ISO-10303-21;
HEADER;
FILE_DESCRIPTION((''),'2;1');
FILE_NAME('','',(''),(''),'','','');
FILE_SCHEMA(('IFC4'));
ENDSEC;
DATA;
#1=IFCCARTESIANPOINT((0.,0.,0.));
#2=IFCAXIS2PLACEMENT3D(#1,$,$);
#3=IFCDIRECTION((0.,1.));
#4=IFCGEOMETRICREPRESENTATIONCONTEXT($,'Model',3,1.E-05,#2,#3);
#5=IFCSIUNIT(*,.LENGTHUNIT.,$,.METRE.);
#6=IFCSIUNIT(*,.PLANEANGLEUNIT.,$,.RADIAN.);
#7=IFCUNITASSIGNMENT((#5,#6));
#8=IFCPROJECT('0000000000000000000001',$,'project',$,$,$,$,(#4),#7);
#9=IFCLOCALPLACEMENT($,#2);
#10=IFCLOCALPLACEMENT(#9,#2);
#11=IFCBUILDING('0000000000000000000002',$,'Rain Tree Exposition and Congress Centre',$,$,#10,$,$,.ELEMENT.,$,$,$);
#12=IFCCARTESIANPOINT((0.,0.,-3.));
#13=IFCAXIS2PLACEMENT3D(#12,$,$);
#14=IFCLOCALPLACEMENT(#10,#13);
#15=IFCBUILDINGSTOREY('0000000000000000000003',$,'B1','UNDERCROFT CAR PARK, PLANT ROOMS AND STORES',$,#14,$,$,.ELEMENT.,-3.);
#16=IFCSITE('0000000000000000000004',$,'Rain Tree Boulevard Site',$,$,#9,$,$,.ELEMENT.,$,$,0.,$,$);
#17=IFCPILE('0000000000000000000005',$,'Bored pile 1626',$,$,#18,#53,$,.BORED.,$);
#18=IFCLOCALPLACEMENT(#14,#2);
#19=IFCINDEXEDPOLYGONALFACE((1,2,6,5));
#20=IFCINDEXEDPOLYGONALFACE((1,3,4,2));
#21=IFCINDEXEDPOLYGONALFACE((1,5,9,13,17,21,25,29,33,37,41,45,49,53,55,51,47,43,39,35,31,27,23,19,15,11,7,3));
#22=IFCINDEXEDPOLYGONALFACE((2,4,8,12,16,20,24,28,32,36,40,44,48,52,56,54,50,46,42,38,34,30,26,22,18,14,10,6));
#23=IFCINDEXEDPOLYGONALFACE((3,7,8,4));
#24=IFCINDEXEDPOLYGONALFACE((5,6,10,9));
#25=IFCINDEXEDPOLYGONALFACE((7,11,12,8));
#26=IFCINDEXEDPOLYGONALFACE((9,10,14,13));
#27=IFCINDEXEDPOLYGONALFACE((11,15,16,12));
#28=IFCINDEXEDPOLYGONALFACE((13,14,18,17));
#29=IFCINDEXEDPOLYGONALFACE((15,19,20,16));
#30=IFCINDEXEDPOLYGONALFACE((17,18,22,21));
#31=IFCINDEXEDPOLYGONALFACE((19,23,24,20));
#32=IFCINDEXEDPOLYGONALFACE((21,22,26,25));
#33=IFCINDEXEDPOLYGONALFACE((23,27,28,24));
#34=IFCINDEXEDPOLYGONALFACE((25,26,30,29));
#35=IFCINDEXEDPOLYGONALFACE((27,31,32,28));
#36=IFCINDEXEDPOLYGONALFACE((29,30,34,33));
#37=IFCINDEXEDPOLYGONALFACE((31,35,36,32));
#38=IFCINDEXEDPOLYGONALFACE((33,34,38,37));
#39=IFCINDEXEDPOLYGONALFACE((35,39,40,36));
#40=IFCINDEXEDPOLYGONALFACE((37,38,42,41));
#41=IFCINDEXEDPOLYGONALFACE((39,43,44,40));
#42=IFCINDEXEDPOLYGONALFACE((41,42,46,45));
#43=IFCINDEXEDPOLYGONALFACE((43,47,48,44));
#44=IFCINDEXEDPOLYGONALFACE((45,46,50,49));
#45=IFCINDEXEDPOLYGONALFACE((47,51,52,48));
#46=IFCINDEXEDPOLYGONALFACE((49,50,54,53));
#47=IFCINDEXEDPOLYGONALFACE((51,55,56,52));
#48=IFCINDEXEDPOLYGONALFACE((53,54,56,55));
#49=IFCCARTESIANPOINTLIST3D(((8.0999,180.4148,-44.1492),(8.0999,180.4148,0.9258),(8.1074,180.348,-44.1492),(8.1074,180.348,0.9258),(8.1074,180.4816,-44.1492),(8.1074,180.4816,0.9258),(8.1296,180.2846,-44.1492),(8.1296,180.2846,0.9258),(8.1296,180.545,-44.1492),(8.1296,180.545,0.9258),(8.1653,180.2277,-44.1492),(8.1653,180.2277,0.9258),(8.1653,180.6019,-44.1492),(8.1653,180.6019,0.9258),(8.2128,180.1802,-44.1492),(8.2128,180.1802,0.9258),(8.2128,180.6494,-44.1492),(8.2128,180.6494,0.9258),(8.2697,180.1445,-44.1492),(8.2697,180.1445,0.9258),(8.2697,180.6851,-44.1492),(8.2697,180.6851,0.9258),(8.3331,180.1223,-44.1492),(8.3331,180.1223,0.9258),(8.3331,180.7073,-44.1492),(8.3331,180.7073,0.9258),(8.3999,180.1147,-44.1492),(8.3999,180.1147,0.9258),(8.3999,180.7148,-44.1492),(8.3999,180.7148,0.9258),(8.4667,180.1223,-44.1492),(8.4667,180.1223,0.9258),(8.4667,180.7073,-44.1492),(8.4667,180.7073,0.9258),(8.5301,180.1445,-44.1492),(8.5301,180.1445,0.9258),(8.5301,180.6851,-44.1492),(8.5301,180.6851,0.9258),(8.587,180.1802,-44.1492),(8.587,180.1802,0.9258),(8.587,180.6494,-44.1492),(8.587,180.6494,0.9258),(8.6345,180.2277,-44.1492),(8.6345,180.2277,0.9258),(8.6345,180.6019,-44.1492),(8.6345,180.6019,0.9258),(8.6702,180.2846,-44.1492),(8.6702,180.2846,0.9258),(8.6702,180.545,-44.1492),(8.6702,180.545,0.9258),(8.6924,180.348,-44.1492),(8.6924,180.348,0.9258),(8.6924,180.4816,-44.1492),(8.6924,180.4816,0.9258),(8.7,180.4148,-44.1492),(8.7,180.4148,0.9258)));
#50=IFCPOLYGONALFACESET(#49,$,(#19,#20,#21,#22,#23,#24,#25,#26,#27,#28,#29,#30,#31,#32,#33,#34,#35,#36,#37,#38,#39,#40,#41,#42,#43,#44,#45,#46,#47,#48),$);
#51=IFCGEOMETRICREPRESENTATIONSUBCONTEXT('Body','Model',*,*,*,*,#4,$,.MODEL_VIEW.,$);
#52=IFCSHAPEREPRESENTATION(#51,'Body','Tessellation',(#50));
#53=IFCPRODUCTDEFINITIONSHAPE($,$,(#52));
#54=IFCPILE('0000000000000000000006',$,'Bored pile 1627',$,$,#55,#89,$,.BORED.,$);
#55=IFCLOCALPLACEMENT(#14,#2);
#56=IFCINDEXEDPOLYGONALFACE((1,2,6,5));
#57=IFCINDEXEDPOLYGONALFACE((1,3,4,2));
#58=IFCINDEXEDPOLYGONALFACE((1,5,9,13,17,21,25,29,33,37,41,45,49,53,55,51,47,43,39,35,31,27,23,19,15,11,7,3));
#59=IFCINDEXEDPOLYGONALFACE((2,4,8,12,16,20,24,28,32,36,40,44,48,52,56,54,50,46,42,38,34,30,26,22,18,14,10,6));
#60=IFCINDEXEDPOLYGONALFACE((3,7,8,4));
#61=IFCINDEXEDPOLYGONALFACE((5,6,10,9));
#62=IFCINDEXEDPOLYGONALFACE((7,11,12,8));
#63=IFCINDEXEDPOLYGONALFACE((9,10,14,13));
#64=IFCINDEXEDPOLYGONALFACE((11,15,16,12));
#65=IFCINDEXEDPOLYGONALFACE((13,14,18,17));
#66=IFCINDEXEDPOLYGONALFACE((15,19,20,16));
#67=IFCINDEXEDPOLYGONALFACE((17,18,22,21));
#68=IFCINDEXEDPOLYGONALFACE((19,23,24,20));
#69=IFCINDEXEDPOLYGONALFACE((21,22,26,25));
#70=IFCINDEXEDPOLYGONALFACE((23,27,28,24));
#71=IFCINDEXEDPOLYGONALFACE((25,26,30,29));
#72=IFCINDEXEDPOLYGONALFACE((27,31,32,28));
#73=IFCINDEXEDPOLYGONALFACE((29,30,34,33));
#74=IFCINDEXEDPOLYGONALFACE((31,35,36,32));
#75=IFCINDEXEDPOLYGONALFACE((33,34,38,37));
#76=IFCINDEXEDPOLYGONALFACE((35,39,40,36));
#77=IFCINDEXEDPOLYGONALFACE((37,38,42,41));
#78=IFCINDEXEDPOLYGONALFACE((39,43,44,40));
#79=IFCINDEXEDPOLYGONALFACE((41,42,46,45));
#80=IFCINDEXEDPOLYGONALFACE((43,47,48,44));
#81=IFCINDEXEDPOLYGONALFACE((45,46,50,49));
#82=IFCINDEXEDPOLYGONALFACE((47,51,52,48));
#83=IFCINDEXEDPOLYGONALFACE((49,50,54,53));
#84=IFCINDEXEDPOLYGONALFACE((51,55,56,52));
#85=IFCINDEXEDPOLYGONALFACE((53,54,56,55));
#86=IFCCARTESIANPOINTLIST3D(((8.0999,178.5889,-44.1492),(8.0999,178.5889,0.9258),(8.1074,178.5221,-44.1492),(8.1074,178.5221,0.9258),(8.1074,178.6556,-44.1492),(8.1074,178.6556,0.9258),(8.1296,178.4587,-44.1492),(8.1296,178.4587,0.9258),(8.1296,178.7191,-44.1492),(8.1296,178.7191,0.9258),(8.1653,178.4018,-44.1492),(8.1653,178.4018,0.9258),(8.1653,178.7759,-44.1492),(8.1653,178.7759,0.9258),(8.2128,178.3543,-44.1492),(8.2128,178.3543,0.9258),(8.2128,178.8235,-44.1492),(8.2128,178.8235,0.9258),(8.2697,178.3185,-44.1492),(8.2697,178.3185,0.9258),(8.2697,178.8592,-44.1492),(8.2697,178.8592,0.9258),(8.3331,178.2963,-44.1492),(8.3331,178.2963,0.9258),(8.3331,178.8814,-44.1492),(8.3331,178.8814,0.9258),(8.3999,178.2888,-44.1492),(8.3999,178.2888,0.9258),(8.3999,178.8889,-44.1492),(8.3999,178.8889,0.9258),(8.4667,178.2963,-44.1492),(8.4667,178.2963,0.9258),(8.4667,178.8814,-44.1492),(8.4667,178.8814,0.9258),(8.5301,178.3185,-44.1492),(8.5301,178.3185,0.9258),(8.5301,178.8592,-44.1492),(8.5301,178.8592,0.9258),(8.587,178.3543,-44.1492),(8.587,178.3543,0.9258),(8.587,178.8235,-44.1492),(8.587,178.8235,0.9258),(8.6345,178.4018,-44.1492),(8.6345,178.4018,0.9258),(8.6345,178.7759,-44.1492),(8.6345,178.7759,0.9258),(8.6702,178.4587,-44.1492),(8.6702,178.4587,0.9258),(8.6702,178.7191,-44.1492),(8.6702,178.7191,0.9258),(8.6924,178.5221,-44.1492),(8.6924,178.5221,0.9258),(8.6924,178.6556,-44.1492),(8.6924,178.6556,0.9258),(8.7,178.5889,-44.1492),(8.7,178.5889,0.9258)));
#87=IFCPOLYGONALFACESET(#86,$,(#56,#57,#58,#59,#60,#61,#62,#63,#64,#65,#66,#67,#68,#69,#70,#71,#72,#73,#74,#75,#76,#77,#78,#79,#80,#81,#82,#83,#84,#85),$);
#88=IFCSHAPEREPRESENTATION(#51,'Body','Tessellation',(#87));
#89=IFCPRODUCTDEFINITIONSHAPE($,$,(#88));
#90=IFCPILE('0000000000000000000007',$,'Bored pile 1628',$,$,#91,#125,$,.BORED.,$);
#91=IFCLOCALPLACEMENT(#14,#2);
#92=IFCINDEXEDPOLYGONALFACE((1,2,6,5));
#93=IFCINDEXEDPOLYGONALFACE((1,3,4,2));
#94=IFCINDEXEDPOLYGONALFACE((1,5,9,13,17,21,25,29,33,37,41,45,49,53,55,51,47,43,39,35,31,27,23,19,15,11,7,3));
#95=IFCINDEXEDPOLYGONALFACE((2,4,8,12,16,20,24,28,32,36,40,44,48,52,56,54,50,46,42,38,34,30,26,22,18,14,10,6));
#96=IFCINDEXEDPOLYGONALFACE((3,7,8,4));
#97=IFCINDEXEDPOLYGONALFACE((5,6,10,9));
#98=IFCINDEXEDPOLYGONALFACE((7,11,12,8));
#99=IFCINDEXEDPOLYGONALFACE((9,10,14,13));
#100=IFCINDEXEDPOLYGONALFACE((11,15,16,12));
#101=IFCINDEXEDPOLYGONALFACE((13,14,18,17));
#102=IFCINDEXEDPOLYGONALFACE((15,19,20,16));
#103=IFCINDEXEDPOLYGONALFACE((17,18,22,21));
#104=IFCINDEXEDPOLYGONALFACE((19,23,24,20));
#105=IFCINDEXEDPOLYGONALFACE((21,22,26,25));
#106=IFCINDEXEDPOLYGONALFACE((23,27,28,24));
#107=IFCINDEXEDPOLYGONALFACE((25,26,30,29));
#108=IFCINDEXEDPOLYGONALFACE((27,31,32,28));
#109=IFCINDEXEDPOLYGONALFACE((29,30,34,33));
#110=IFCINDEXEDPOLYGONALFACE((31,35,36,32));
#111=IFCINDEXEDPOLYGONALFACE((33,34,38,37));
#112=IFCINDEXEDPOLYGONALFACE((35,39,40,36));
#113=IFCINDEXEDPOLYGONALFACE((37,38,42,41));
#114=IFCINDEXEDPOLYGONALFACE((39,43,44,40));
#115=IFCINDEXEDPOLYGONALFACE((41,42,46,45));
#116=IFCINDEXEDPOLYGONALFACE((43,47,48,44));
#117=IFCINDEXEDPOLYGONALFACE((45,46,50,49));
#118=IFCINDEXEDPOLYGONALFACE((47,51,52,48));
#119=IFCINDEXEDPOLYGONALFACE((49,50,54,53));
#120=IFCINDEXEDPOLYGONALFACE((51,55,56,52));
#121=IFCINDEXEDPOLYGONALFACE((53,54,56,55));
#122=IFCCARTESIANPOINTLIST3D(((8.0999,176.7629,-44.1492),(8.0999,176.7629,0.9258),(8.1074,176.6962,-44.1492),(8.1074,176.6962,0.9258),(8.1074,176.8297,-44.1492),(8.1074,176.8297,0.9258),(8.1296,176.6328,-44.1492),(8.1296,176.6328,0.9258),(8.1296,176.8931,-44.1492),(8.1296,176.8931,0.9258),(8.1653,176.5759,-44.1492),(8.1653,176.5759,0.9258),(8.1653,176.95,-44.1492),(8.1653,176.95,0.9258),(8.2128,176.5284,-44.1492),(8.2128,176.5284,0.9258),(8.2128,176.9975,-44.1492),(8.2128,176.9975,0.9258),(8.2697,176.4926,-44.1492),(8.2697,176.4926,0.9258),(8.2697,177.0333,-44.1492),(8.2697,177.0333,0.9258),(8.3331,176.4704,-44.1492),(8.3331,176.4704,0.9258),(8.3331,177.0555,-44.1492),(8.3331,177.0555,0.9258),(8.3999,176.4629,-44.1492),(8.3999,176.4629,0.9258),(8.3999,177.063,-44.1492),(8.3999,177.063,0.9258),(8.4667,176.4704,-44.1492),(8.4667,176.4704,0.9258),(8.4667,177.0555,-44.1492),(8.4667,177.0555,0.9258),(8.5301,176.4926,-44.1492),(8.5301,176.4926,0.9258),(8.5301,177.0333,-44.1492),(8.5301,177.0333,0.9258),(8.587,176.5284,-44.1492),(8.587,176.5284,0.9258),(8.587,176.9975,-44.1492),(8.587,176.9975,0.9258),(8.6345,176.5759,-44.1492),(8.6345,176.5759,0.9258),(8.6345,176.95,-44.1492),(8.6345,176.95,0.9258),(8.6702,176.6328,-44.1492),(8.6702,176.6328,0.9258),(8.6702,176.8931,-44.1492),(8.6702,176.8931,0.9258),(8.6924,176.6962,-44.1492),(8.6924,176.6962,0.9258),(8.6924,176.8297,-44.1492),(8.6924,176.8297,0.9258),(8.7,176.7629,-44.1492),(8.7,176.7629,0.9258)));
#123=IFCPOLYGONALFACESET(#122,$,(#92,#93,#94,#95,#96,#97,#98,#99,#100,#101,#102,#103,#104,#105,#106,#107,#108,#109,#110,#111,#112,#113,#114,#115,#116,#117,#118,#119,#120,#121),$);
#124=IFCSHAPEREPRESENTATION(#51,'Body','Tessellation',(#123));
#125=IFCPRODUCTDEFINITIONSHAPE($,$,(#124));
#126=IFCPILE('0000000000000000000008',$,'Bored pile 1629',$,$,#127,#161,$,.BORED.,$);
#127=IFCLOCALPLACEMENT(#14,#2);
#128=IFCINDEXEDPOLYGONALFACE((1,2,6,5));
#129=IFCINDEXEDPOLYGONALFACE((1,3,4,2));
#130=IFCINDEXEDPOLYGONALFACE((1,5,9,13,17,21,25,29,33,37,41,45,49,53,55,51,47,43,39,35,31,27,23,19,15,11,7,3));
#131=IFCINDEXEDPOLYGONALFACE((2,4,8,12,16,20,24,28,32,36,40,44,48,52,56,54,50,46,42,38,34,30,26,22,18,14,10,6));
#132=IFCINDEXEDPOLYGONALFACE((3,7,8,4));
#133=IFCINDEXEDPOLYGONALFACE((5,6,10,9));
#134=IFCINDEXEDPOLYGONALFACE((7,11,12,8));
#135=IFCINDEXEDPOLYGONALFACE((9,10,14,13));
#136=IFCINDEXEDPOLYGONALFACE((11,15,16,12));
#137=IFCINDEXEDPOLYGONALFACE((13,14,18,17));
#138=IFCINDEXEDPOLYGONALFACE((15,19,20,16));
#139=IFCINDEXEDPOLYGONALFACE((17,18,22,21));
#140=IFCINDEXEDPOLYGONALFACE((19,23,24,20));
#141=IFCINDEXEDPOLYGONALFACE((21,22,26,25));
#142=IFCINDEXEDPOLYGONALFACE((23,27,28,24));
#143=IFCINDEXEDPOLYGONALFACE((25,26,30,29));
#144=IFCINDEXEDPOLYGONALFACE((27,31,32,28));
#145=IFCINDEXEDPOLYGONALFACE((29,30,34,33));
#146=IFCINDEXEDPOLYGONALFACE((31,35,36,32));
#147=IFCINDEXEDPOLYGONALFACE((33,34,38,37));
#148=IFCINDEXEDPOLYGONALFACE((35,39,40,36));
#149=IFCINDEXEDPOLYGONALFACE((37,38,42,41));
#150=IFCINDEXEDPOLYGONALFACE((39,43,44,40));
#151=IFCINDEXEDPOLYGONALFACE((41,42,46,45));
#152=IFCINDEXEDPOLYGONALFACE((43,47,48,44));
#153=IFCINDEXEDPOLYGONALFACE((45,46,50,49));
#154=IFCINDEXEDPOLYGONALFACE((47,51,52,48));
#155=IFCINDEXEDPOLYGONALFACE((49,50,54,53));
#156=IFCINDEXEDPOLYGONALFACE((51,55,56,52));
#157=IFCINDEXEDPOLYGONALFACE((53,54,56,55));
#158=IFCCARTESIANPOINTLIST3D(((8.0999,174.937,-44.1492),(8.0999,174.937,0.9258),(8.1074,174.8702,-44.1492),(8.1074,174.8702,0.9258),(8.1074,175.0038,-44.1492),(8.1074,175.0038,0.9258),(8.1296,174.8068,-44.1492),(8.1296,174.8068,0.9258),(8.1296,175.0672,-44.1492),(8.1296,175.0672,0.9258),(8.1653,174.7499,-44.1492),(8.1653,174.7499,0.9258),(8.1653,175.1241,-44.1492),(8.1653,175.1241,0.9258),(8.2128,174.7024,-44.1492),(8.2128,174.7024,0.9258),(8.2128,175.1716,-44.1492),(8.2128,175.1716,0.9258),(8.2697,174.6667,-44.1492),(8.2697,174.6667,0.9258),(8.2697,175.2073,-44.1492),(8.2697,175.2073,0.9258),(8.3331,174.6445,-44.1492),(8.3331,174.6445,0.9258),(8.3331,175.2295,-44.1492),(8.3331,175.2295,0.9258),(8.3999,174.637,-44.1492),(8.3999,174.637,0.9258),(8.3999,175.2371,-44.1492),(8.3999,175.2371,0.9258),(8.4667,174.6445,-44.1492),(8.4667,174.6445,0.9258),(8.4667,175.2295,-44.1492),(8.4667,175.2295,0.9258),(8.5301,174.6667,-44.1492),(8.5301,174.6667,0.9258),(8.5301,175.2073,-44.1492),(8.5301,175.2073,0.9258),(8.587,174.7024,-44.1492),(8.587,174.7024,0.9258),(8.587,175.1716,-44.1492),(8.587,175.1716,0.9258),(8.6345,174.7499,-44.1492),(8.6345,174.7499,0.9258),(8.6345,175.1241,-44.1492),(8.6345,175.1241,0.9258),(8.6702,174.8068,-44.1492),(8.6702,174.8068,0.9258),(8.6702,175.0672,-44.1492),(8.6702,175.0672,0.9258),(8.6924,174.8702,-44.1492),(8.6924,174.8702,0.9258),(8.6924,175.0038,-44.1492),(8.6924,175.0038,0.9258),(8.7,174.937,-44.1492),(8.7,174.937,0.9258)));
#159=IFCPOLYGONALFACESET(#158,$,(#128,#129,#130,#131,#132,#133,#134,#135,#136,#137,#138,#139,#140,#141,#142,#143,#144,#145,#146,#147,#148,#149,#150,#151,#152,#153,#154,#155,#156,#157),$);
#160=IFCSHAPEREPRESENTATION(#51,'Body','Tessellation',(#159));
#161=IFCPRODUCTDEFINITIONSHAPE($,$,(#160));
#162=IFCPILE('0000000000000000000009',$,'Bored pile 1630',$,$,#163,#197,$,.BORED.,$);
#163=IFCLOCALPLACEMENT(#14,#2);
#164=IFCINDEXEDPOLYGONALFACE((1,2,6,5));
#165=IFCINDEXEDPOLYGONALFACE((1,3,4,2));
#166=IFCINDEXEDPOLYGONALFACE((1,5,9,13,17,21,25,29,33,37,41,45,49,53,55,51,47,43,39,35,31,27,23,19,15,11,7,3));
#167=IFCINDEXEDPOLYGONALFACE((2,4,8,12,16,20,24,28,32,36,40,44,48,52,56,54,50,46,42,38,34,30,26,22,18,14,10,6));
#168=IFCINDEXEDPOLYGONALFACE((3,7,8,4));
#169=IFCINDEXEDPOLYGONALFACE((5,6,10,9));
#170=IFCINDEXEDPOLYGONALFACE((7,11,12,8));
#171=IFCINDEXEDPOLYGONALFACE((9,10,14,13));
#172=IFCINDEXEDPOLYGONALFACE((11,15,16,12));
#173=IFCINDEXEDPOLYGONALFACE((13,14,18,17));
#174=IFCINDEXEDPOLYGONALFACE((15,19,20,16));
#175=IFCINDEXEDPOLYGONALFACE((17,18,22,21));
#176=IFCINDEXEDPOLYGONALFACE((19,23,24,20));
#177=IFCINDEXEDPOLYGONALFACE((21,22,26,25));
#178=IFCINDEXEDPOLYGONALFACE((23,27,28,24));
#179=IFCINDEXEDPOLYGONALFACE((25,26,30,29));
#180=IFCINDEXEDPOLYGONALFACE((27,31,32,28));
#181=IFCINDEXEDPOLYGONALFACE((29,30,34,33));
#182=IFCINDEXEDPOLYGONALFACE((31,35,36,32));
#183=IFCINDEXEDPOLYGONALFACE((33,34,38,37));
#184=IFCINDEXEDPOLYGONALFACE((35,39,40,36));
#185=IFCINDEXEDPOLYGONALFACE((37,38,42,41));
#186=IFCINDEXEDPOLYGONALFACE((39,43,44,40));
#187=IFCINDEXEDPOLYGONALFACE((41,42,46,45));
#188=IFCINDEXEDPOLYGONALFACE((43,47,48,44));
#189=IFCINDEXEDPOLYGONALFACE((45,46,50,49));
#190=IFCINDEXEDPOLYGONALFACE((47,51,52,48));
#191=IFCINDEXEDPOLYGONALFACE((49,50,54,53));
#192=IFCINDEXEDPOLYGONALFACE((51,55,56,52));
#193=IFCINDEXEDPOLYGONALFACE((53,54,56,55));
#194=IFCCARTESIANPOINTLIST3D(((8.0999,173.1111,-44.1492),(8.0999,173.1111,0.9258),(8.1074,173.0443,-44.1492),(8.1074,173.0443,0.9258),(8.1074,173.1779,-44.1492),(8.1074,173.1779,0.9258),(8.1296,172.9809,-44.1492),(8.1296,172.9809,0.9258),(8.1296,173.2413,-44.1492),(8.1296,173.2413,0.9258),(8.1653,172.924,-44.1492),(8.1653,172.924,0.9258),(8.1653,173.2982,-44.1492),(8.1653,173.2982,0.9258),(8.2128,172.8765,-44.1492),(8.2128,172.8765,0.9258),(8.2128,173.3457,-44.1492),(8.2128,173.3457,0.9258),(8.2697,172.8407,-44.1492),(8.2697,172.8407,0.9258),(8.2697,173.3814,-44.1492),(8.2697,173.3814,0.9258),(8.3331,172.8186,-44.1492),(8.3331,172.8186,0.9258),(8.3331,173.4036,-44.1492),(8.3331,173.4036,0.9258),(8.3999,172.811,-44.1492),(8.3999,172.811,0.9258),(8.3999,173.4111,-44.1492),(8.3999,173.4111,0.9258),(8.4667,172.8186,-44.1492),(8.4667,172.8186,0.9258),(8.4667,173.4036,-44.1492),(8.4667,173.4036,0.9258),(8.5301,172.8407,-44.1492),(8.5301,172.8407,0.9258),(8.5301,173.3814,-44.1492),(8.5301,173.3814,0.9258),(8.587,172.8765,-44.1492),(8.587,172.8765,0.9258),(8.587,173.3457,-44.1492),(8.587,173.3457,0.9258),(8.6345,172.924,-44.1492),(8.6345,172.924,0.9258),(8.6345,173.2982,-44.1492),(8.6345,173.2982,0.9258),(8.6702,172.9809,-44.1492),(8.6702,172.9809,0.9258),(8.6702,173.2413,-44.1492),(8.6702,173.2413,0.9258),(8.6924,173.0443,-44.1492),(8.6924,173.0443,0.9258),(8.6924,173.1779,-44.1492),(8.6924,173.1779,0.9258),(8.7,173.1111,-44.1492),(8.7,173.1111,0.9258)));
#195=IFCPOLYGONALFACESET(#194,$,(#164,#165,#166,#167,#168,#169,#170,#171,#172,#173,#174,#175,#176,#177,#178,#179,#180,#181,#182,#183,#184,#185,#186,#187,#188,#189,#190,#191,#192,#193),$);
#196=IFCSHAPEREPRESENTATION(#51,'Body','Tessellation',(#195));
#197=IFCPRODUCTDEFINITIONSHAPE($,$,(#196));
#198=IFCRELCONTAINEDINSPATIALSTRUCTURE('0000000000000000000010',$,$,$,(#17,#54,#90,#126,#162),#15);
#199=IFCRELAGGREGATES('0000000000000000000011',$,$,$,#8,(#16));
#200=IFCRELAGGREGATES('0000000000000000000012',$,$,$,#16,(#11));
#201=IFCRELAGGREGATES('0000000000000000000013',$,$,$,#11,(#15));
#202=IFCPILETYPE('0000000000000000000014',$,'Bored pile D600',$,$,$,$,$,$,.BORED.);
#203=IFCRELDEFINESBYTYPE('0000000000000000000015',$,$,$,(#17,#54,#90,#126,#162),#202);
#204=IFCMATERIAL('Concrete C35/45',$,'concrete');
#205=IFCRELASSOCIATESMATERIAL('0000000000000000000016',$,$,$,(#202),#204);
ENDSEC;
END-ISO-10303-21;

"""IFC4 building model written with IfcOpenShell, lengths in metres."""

from ifc_helpers import new_model, si_unit, direction, frame, origin, origin_2d, place, context, subcontext, project, spatial, circle, extrude, material, material_profile, profile_set, type_object, element, save


model = new_model("IFC4")

# Units and contexts
model_context = context("Model", 3, precision=1e-05, world=origin(), true_north=direction((0.0, 1.0)))
body_context = subcontext(model_context, "Body", "Model", "MODEL_VIEW")
ifc_project = project(units=[si_unit("LENGTHUNIT", "METRE"), si_unit("PLANEANGLEUNIT", "RADIAN")], contexts=[model_context])

# Site, building, storey
site_placement = place(None, origin())
site = spatial("IfcSite", under=ifc_project, at=site_placement, Name="Rain Tree Boulevard Site", CompositionType="ELEMENT", RefElevation=0.0)
building_placement = place(site_placement, origin())
building = spatial("IfcBuilding", under=site, at=building_placement, Name="Rain Tree Exposition and Congress Centre", CompositionType="ELEMENT")
storey_placement = place(building_placement, frame((0.0, 0.0, -3.0)))
storey = spatial("IfcBuildingStorey", under=building, at=storey_placement, Name="B1", Description="UNDERCROFT CAR PARK, PLANT ROOMS AND STORES", CompositionType="ELEMENT", Elevation=-3.0)

# Piles
ifc_material_1 = material(Name="Concrete C35/45", Category="concrete")
ifc_material_profile_1 = material_profile(ifc_material_1, circle(Radius=0.3, at=origin_2d()), Name="D600")
ifc_profile_set_1 = profile_set([ifc_material_profile_1], Name="Concrete C35/45")
pile_type_1 = type_object("IfcPileType", Name="Bored pile D600", PredefinedType="BORED", material=ifc_profile_set_1)
for number, where, z_axis, x_axis, name in (
    (1, (8.3999, 180.4148, 0.9258), (0.0, 0.0, -1.0), (1.0, 0.0, 0.0), "Bored pile 1626"),
    (2, (8.3999, 178.5889, 0.9258), (0.0, 0.0, -1.0), (1.0, 0.0, 0.0), "Bored pile 1627"),
    (3, (8.3999, 176.7629, 0.9258), (0.0, 0.0, -1.0), (1.0, 0.0, 0.0), "Bored pile 1628"),
    (4, (8.3999, 174.937, 0.9258), (0.0, 0.0, -1.0), (1.0, 0.0, 0.0), "Bored pile 1629"),
    (5, (8.3999, 173.1111, 0.9258), (0.0, 0.0, -1.0), (1.0, 0.0, 0.0), "Bored pile 1630"),
):
    element("IfcPile", number, at=place(storey_placement, frame(where, z_axis=z_axis, x_axis=x_axis)), inside=storey, type_object=pile_type_1, Name=name, PredefinedType="BORED", context=body_context, shape_type="SweptSolid", body=[
        extrude(circle(Radius=0.3, at=origin_2d()), origin(), (0.0, 0.0, 1.0), 45.075),
    ])

save(model, "model.ifc")
